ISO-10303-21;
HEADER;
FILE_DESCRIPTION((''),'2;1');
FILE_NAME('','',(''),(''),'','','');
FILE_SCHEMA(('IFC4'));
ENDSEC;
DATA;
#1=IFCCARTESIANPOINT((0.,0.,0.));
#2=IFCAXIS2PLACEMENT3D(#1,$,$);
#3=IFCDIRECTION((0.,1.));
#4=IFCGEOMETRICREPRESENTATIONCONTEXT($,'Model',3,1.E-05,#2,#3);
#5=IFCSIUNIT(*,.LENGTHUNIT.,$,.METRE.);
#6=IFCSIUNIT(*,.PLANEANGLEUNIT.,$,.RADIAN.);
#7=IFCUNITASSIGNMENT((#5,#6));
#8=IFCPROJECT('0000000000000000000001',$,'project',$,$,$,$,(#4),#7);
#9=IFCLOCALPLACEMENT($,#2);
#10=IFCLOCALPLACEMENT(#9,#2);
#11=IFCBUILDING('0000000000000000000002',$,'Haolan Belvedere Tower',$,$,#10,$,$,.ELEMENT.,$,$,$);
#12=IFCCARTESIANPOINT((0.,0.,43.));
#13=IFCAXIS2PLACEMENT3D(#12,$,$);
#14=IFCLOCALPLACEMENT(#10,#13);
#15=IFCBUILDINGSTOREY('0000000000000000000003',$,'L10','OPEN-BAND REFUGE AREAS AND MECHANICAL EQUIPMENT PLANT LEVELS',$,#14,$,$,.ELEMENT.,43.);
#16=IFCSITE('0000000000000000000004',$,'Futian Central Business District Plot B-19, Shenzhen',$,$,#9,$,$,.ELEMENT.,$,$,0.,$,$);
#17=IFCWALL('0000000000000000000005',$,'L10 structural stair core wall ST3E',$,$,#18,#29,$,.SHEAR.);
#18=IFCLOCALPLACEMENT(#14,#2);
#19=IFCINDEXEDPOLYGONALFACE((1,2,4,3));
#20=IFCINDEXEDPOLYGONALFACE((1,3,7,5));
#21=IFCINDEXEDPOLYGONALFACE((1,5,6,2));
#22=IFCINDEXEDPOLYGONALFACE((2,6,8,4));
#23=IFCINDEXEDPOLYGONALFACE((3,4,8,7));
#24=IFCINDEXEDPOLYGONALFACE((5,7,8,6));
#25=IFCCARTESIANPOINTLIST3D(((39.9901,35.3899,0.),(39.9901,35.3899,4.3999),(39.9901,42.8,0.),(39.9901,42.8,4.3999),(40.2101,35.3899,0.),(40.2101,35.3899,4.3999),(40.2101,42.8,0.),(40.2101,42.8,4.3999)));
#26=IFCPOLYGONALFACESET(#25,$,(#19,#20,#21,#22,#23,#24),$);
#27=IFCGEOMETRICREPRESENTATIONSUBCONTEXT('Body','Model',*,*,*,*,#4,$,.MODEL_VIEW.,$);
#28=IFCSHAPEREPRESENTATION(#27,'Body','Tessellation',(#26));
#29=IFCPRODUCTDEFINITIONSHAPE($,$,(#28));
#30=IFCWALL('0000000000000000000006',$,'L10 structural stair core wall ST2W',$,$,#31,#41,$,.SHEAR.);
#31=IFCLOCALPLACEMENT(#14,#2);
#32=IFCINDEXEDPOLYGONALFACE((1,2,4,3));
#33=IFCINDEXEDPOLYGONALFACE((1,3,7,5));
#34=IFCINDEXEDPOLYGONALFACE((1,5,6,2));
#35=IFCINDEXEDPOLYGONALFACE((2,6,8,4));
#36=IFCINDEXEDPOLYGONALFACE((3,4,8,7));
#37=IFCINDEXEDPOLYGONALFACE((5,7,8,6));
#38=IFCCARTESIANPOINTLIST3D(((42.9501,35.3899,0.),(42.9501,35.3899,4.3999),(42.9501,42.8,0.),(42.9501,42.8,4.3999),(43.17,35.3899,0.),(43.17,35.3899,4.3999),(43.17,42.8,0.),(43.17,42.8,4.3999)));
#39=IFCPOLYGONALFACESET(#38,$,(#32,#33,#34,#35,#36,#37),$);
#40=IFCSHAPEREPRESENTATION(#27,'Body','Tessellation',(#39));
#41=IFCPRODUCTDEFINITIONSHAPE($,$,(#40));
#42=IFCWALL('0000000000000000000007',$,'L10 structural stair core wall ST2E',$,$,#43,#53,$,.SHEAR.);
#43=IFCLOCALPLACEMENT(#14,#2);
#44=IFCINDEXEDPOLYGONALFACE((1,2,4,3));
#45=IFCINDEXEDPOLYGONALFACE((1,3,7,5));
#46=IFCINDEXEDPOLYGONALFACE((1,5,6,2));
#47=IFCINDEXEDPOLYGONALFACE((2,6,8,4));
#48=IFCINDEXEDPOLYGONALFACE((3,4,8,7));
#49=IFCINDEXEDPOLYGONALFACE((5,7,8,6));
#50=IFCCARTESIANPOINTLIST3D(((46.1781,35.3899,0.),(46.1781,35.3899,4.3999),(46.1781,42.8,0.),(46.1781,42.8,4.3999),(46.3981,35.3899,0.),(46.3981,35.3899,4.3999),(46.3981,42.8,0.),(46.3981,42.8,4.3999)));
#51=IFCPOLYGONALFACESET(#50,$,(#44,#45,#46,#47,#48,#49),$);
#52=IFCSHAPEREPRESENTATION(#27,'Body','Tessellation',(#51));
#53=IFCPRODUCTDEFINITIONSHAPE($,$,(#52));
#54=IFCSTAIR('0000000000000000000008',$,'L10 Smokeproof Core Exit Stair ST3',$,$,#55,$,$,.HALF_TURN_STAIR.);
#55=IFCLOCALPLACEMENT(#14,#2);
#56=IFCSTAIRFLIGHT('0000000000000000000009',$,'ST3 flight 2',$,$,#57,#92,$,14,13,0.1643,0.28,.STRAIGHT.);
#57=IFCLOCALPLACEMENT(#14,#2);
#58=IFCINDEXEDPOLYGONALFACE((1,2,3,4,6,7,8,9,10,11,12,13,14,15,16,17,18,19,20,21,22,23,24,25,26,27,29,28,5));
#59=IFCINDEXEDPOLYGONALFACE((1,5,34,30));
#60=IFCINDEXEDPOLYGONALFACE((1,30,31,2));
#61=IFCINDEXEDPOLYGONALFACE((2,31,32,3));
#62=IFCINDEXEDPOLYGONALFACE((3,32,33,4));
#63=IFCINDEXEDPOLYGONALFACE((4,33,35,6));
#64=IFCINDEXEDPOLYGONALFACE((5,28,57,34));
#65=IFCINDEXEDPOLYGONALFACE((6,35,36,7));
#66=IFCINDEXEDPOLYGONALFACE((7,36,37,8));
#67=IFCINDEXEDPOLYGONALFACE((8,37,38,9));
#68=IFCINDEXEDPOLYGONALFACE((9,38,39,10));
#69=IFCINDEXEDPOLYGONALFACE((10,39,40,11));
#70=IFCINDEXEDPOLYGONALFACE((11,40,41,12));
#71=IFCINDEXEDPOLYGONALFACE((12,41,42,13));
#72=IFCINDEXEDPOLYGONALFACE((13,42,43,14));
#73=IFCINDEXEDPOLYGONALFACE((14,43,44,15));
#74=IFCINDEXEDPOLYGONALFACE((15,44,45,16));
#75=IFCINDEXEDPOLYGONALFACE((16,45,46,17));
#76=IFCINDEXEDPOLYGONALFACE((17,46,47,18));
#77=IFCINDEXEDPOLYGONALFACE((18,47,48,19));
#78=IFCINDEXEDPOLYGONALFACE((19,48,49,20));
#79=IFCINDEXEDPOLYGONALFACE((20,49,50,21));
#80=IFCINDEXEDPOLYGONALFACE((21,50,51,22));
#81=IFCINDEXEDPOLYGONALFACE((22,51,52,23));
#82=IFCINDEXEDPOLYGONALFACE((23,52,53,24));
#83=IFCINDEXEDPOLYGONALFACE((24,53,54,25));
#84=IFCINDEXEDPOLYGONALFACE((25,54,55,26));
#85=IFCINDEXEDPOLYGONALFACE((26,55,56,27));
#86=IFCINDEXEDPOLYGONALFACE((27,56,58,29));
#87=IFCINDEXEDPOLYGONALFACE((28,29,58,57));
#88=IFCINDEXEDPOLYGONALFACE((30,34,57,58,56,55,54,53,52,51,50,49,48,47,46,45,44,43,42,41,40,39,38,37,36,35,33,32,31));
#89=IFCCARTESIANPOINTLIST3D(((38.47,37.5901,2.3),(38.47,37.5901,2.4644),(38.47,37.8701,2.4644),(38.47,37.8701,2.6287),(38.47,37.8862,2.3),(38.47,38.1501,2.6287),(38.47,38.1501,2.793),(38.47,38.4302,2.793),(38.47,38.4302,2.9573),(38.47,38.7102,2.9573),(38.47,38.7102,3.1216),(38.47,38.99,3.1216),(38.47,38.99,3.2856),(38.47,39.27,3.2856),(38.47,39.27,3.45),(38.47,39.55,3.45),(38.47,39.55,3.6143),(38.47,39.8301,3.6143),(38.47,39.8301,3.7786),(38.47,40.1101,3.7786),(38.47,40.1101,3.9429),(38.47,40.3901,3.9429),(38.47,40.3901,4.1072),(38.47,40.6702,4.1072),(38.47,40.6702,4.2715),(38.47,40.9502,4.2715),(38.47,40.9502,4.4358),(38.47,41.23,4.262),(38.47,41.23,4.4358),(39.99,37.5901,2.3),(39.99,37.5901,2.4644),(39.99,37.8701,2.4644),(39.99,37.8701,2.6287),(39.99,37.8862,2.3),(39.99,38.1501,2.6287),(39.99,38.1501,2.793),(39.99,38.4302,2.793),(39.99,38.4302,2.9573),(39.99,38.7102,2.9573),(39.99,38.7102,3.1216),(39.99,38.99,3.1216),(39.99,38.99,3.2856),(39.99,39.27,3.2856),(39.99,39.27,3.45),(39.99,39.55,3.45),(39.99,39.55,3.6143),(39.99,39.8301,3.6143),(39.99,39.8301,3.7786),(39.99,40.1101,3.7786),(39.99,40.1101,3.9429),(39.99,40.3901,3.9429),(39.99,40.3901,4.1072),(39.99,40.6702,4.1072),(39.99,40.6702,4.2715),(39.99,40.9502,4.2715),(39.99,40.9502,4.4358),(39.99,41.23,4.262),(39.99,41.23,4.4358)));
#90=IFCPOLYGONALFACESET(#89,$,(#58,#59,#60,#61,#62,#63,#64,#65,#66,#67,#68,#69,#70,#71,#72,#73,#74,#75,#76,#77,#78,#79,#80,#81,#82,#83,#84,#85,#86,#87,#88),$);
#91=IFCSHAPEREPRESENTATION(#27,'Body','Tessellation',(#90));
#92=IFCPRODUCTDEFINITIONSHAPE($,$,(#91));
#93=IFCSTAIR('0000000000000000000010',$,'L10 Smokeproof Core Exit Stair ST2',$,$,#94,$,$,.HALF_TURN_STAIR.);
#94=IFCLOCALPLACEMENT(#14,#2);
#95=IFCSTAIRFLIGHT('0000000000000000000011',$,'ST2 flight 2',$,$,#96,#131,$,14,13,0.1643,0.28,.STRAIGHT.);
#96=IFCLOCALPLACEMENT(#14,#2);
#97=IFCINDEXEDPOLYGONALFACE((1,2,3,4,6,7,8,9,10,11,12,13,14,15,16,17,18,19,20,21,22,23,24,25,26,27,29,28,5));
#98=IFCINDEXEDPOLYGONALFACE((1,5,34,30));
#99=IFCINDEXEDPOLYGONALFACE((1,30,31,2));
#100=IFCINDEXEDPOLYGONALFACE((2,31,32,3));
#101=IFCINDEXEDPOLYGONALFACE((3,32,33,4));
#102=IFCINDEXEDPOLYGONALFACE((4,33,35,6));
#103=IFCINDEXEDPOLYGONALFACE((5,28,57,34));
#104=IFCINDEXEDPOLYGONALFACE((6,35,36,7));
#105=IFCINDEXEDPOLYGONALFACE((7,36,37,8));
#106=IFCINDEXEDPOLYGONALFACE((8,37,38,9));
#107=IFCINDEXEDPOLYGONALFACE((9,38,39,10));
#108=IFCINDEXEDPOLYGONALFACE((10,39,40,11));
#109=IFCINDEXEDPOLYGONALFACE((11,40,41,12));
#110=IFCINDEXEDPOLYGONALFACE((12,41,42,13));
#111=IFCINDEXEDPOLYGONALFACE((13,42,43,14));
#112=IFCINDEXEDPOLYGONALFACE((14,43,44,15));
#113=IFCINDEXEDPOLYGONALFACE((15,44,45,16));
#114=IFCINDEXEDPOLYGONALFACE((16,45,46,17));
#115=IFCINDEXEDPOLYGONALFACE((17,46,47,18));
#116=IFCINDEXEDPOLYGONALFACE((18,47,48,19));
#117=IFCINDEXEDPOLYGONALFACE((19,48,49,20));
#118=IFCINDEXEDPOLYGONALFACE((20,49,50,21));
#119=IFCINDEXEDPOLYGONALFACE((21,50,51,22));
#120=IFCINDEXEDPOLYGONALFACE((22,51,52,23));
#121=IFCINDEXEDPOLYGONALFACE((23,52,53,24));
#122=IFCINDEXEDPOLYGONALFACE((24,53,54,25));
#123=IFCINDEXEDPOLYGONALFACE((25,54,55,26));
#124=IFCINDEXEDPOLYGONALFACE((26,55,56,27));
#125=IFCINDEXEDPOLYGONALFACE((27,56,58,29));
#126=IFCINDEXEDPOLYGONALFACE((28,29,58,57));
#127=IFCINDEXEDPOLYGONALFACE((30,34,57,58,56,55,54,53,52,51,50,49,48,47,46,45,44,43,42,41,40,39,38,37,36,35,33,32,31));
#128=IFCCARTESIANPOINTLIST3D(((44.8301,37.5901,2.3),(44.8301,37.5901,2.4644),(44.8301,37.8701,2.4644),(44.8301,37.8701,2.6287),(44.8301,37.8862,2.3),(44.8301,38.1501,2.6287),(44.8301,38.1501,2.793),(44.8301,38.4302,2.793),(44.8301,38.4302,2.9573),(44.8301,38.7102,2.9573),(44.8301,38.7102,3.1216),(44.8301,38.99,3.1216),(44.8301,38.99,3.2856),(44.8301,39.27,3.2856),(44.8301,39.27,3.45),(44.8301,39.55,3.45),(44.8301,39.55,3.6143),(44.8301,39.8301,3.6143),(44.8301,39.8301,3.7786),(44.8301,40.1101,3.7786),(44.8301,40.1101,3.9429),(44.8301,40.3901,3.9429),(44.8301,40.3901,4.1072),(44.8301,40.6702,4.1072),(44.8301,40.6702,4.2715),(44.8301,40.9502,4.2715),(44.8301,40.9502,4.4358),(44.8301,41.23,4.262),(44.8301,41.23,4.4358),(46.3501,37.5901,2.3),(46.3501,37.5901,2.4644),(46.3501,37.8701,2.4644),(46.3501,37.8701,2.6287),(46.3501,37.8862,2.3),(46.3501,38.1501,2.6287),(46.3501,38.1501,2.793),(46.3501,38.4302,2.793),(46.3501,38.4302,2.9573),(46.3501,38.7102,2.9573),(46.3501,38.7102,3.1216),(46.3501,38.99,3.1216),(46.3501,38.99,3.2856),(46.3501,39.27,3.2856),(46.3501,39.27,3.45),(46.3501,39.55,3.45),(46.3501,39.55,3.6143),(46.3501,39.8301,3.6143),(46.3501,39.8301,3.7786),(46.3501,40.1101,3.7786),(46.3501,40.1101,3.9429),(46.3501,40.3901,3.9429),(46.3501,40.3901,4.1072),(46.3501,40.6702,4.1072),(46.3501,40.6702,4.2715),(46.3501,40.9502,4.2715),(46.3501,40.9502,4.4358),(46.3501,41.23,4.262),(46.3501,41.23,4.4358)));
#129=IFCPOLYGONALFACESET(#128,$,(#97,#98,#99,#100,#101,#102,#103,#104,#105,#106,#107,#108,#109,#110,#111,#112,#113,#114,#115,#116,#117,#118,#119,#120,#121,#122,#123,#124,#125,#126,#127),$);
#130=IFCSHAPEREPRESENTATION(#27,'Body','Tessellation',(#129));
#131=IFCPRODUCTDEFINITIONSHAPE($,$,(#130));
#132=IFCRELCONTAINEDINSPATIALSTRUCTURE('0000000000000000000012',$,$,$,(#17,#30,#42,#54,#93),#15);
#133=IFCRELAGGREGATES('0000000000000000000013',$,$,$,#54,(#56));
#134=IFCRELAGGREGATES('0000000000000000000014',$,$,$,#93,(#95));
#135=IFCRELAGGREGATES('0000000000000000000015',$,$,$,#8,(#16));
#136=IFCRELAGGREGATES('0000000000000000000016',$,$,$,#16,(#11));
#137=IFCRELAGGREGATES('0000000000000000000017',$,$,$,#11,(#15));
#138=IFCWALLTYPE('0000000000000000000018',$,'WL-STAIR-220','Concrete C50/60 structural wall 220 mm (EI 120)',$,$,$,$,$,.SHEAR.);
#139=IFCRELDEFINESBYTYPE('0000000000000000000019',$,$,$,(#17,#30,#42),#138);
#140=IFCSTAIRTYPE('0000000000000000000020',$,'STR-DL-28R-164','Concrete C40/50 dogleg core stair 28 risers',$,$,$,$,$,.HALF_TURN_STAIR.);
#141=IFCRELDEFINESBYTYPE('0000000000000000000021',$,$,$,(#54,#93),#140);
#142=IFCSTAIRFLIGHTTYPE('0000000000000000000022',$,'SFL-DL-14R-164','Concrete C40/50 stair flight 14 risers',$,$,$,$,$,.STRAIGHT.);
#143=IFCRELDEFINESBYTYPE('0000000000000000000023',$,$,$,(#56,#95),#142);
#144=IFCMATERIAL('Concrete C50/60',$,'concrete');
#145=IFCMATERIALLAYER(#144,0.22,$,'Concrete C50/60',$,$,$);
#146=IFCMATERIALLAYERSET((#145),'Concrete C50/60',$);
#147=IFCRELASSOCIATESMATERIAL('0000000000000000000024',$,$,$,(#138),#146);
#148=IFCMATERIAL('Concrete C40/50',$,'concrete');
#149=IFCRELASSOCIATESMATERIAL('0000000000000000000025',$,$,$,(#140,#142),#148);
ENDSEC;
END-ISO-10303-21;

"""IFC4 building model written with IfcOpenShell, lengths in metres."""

from ifc_helpers import new_model, si_unit, direction, frame, frame_2d, origin, place, context, subcontext, project, spatial, polyline, rectangle, outline, extrude, material, layer, layer_set, type_object, element, aggregate, save


model = new_model("IFC4")

# Units and contexts
model_context = context("Model", 3, precision=1e-05, world=origin(), true_north=direction((0.0, 1.0)))
body_context = subcontext(model_context, "Body", "Model", "MODEL_VIEW")
ifc_project = project(units=[si_unit("LENGTHUNIT", "METRE"), si_unit("PLANEANGLEUNIT", "RADIAN")], contexts=[model_context])

# Site, building, storey
site_placement = place(None, origin())
site = spatial("IfcSite", under=ifc_project, at=site_placement, Name="Futian Central Business District Plot B-19, Shenzhen", CompositionType="ELEMENT", RefElevation=0.0)
building_placement = place(site_placement, origin())
building = spatial("IfcBuilding", under=site, at=building_placement, Name="Haolan Belvedere Tower", CompositionType="ELEMENT")
storey_placement = place(building_placement, frame((0.0, 0.0, 43.0)))
storey = spatial("IfcBuildingStorey", under=building, at=storey_placement, Name="L10", Description="OPEN-BAND REFUGE AREAS AND MECHANICAL EQUIPMENT PLANT LEVELS", CompositionType="ELEMENT", Elevation=43.0)

# Shared definitions
ifc_material_1 = material(Name="Concrete C40/50", Category="concrete")

# Walls
ifc_material_2 = material(Name="Concrete C50/60", Category="concrete")
ifc_layer_1 = layer(ifc_material_2, 0.22, Name="Concrete C50/60")
ifc_layer_set_1 = layer_set([ifc_layer_1], Name="Concrete C50/60")
wall_type_1 = type_object("IfcWallType", Name="WL-STAIR-220", Description="Concrete C50/60 structural wall 220 mm (EI 120)", PredefinedType="SHEAR", material=ifc_layer_set_1)
for number, where, z_axis, x_axis, name in (
    (1, (40.1001, 35.3899, 0.0), (0.0, 0.0, 1.0), (0.0, 1.0, 0.0), "L10 structural stair core wall ST3E"),
    (2, (43.0601, 35.3899, 0.0), (0.0, 0.0, 1.0), (0.0, 1.0, 0.0), "L10 structural stair core wall ST2W"),
    (3, (46.2881, 35.3899, 0.0), (0.0, 0.0, 1.0), (0.0, 1.0, 0.0), "L10 structural stair core wall ST2E"),
):
    element("IfcWall", number, at=place(storey_placement, frame(where, z_axis=z_axis, x_axis=x_axis)), inside=storey, type_object=wall_type_1, Name=name, PredefinedType="SHEAR", context=body_context, shape_type="SweptSolid", body=[
        extrude(rectangle(XDim=7.4102, YDim=0.22, at=frame_2d((3.7051, 0.0))), origin(), (0.0, 0.0, 1.0), 4.3999),
    ])

# Stairs, stair flights
stair_type = type_object("IfcStairType", Name="STR-DL-28R-164", Description="Concrete C40/50 dogleg core stair 28 risers", PredefinedType="HALF_TURN_STAIR", material=ifc_material_1)
stair_1_placement = place(storey_placement, origin())
stair_1 = element("IfcStair", 4, at=stair_1_placement, inside=storey, type_object=stair_type, Name="L10 Smokeproof Core Exit Stair ST3", PredefinedType="HALF_TURN_STAIR")
stair_flight_type = type_object("IfcStairFlightType", Name="SFL-DL-14R-164", Description="Concrete C40/50 stair flight 14 risers", PredefinedType="STRAIGHT", material=ifc_material_1)
stair_flight_1_placement = place(storey_placement, frame((39.23, 37.5901, 2.3), z_axis=(0.0, 0.0, 1.0), x_axis=(0.0, 1.0, 0.0)))
stair_flight_1 = element("IfcStairFlight", 5, at=stair_flight_1_placement, type_object=stair_flight_type, Name="ST3 flight 2", NumberOfRisers=14, NumberOfTreads=13, PredefinedType="STRAIGHT", RiserHeight=0.1643, TreadLength=0.28, context=body_context, shape_type="SweptSolid", body=[
    extrude(outline(polyline([(0.0, 0.0), (0.0, 0.1643), (0.28, 0.1643), (0.28, 0.3286), (0.5601, 0.3286), (0.5601, 0.4929), (0.8401, 0.4929), (0.8401, 0.6572), (1.1201, 0.6572), (1.1201, 0.8215), (1.3999, 0.8215), (1.3999, 0.9856), (1.6799, 0.9856), (1.6799, 1.1499), (1.96, 1.1499), (1.96, 1.3142), (2.24, 1.3142), (2.24, 1.4785), (2.52, 1.4785), (2.52, 1.6428), (2.8, 1.6428), (2.8, 1.8071), (3.0801, 1.8071), (3.0801, 1.9714), (3.3601, 1.9714), (3.3601, 2.1357), (3.6399, 2.1357), (3.6399, 2.3), (3.6399, 1.9619), (0.2961, 0.0), (0.0, 0.0)])), frame((0.0, 0.76, 0.0), z_axis=(0.0, -1.0, 0.0), x_axis=(1.0, 0.0, 0.0)), (0.0, 0.0, 1.0), 1.52),
])
aggregate(stair_1, [stair_flight_1])
stair_2_placement = place(storey_placement, origin())
stair_2 = element("IfcStair", 6, at=stair_2_placement, inside=storey, type_object=stair_type, Name="L10 Smokeproof Core Exit Stair ST2", PredefinedType="HALF_TURN_STAIR")
stair_flight_2_placement = place(storey_placement, frame((45.5901, 37.5901, 2.3), z_axis=(0.0, 0.0, 1.0), x_axis=(0.0, 1.0, 0.0)))
stair_flight_2 = element("IfcStairFlight", 7, at=stair_flight_2_placement, type_object=stair_flight_type, Name="ST2 flight 2", NumberOfRisers=14, NumberOfTreads=13, PredefinedType="STRAIGHT", RiserHeight=0.1643, TreadLength=0.28, context=body_context, shape_type="SweptSolid", body=[
    extrude(outline(polyline([(0.0, 0.0), (0.0, 0.1643), (0.28, 0.1643), (0.28, 0.3286), (0.5601, 0.3286), (0.5601, 0.4929), (0.8401, 0.4929), (0.8401, 0.6572), (1.1201, 0.6572), (1.1201, 0.8215), (1.3999, 0.8215), (1.3999, 0.9856), (1.6799, 0.9856), (1.6799, 1.1499), (1.96, 1.1499), (1.96, 1.3142), (2.24, 1.3142), (2.24, 1.4785), (2.52, 1.4785), (2.52, 1.6428), (2.8, 1.6428), (2.8, 1.8071), (3.0801, 1.8071), (3.0801, 1.9714), (3.3601, 1.9714), (3.3601, 2.1357), (3.6399, 2.1357), (3.6399, 2.3), (3.6399, 1.9619), (0.2961, 0.0), (0.0, 0.0)])), frame((0.0, 0.76, 0.0), z_axis=(0.0, -1.0, 0.0), x_axis=(1.0, 0.0, 0.0)), (0.0, 0.0, 1.0), 1.52),
])
aggregate(stair_2, [stair_flight_2])

save(model, "model.ifc")
